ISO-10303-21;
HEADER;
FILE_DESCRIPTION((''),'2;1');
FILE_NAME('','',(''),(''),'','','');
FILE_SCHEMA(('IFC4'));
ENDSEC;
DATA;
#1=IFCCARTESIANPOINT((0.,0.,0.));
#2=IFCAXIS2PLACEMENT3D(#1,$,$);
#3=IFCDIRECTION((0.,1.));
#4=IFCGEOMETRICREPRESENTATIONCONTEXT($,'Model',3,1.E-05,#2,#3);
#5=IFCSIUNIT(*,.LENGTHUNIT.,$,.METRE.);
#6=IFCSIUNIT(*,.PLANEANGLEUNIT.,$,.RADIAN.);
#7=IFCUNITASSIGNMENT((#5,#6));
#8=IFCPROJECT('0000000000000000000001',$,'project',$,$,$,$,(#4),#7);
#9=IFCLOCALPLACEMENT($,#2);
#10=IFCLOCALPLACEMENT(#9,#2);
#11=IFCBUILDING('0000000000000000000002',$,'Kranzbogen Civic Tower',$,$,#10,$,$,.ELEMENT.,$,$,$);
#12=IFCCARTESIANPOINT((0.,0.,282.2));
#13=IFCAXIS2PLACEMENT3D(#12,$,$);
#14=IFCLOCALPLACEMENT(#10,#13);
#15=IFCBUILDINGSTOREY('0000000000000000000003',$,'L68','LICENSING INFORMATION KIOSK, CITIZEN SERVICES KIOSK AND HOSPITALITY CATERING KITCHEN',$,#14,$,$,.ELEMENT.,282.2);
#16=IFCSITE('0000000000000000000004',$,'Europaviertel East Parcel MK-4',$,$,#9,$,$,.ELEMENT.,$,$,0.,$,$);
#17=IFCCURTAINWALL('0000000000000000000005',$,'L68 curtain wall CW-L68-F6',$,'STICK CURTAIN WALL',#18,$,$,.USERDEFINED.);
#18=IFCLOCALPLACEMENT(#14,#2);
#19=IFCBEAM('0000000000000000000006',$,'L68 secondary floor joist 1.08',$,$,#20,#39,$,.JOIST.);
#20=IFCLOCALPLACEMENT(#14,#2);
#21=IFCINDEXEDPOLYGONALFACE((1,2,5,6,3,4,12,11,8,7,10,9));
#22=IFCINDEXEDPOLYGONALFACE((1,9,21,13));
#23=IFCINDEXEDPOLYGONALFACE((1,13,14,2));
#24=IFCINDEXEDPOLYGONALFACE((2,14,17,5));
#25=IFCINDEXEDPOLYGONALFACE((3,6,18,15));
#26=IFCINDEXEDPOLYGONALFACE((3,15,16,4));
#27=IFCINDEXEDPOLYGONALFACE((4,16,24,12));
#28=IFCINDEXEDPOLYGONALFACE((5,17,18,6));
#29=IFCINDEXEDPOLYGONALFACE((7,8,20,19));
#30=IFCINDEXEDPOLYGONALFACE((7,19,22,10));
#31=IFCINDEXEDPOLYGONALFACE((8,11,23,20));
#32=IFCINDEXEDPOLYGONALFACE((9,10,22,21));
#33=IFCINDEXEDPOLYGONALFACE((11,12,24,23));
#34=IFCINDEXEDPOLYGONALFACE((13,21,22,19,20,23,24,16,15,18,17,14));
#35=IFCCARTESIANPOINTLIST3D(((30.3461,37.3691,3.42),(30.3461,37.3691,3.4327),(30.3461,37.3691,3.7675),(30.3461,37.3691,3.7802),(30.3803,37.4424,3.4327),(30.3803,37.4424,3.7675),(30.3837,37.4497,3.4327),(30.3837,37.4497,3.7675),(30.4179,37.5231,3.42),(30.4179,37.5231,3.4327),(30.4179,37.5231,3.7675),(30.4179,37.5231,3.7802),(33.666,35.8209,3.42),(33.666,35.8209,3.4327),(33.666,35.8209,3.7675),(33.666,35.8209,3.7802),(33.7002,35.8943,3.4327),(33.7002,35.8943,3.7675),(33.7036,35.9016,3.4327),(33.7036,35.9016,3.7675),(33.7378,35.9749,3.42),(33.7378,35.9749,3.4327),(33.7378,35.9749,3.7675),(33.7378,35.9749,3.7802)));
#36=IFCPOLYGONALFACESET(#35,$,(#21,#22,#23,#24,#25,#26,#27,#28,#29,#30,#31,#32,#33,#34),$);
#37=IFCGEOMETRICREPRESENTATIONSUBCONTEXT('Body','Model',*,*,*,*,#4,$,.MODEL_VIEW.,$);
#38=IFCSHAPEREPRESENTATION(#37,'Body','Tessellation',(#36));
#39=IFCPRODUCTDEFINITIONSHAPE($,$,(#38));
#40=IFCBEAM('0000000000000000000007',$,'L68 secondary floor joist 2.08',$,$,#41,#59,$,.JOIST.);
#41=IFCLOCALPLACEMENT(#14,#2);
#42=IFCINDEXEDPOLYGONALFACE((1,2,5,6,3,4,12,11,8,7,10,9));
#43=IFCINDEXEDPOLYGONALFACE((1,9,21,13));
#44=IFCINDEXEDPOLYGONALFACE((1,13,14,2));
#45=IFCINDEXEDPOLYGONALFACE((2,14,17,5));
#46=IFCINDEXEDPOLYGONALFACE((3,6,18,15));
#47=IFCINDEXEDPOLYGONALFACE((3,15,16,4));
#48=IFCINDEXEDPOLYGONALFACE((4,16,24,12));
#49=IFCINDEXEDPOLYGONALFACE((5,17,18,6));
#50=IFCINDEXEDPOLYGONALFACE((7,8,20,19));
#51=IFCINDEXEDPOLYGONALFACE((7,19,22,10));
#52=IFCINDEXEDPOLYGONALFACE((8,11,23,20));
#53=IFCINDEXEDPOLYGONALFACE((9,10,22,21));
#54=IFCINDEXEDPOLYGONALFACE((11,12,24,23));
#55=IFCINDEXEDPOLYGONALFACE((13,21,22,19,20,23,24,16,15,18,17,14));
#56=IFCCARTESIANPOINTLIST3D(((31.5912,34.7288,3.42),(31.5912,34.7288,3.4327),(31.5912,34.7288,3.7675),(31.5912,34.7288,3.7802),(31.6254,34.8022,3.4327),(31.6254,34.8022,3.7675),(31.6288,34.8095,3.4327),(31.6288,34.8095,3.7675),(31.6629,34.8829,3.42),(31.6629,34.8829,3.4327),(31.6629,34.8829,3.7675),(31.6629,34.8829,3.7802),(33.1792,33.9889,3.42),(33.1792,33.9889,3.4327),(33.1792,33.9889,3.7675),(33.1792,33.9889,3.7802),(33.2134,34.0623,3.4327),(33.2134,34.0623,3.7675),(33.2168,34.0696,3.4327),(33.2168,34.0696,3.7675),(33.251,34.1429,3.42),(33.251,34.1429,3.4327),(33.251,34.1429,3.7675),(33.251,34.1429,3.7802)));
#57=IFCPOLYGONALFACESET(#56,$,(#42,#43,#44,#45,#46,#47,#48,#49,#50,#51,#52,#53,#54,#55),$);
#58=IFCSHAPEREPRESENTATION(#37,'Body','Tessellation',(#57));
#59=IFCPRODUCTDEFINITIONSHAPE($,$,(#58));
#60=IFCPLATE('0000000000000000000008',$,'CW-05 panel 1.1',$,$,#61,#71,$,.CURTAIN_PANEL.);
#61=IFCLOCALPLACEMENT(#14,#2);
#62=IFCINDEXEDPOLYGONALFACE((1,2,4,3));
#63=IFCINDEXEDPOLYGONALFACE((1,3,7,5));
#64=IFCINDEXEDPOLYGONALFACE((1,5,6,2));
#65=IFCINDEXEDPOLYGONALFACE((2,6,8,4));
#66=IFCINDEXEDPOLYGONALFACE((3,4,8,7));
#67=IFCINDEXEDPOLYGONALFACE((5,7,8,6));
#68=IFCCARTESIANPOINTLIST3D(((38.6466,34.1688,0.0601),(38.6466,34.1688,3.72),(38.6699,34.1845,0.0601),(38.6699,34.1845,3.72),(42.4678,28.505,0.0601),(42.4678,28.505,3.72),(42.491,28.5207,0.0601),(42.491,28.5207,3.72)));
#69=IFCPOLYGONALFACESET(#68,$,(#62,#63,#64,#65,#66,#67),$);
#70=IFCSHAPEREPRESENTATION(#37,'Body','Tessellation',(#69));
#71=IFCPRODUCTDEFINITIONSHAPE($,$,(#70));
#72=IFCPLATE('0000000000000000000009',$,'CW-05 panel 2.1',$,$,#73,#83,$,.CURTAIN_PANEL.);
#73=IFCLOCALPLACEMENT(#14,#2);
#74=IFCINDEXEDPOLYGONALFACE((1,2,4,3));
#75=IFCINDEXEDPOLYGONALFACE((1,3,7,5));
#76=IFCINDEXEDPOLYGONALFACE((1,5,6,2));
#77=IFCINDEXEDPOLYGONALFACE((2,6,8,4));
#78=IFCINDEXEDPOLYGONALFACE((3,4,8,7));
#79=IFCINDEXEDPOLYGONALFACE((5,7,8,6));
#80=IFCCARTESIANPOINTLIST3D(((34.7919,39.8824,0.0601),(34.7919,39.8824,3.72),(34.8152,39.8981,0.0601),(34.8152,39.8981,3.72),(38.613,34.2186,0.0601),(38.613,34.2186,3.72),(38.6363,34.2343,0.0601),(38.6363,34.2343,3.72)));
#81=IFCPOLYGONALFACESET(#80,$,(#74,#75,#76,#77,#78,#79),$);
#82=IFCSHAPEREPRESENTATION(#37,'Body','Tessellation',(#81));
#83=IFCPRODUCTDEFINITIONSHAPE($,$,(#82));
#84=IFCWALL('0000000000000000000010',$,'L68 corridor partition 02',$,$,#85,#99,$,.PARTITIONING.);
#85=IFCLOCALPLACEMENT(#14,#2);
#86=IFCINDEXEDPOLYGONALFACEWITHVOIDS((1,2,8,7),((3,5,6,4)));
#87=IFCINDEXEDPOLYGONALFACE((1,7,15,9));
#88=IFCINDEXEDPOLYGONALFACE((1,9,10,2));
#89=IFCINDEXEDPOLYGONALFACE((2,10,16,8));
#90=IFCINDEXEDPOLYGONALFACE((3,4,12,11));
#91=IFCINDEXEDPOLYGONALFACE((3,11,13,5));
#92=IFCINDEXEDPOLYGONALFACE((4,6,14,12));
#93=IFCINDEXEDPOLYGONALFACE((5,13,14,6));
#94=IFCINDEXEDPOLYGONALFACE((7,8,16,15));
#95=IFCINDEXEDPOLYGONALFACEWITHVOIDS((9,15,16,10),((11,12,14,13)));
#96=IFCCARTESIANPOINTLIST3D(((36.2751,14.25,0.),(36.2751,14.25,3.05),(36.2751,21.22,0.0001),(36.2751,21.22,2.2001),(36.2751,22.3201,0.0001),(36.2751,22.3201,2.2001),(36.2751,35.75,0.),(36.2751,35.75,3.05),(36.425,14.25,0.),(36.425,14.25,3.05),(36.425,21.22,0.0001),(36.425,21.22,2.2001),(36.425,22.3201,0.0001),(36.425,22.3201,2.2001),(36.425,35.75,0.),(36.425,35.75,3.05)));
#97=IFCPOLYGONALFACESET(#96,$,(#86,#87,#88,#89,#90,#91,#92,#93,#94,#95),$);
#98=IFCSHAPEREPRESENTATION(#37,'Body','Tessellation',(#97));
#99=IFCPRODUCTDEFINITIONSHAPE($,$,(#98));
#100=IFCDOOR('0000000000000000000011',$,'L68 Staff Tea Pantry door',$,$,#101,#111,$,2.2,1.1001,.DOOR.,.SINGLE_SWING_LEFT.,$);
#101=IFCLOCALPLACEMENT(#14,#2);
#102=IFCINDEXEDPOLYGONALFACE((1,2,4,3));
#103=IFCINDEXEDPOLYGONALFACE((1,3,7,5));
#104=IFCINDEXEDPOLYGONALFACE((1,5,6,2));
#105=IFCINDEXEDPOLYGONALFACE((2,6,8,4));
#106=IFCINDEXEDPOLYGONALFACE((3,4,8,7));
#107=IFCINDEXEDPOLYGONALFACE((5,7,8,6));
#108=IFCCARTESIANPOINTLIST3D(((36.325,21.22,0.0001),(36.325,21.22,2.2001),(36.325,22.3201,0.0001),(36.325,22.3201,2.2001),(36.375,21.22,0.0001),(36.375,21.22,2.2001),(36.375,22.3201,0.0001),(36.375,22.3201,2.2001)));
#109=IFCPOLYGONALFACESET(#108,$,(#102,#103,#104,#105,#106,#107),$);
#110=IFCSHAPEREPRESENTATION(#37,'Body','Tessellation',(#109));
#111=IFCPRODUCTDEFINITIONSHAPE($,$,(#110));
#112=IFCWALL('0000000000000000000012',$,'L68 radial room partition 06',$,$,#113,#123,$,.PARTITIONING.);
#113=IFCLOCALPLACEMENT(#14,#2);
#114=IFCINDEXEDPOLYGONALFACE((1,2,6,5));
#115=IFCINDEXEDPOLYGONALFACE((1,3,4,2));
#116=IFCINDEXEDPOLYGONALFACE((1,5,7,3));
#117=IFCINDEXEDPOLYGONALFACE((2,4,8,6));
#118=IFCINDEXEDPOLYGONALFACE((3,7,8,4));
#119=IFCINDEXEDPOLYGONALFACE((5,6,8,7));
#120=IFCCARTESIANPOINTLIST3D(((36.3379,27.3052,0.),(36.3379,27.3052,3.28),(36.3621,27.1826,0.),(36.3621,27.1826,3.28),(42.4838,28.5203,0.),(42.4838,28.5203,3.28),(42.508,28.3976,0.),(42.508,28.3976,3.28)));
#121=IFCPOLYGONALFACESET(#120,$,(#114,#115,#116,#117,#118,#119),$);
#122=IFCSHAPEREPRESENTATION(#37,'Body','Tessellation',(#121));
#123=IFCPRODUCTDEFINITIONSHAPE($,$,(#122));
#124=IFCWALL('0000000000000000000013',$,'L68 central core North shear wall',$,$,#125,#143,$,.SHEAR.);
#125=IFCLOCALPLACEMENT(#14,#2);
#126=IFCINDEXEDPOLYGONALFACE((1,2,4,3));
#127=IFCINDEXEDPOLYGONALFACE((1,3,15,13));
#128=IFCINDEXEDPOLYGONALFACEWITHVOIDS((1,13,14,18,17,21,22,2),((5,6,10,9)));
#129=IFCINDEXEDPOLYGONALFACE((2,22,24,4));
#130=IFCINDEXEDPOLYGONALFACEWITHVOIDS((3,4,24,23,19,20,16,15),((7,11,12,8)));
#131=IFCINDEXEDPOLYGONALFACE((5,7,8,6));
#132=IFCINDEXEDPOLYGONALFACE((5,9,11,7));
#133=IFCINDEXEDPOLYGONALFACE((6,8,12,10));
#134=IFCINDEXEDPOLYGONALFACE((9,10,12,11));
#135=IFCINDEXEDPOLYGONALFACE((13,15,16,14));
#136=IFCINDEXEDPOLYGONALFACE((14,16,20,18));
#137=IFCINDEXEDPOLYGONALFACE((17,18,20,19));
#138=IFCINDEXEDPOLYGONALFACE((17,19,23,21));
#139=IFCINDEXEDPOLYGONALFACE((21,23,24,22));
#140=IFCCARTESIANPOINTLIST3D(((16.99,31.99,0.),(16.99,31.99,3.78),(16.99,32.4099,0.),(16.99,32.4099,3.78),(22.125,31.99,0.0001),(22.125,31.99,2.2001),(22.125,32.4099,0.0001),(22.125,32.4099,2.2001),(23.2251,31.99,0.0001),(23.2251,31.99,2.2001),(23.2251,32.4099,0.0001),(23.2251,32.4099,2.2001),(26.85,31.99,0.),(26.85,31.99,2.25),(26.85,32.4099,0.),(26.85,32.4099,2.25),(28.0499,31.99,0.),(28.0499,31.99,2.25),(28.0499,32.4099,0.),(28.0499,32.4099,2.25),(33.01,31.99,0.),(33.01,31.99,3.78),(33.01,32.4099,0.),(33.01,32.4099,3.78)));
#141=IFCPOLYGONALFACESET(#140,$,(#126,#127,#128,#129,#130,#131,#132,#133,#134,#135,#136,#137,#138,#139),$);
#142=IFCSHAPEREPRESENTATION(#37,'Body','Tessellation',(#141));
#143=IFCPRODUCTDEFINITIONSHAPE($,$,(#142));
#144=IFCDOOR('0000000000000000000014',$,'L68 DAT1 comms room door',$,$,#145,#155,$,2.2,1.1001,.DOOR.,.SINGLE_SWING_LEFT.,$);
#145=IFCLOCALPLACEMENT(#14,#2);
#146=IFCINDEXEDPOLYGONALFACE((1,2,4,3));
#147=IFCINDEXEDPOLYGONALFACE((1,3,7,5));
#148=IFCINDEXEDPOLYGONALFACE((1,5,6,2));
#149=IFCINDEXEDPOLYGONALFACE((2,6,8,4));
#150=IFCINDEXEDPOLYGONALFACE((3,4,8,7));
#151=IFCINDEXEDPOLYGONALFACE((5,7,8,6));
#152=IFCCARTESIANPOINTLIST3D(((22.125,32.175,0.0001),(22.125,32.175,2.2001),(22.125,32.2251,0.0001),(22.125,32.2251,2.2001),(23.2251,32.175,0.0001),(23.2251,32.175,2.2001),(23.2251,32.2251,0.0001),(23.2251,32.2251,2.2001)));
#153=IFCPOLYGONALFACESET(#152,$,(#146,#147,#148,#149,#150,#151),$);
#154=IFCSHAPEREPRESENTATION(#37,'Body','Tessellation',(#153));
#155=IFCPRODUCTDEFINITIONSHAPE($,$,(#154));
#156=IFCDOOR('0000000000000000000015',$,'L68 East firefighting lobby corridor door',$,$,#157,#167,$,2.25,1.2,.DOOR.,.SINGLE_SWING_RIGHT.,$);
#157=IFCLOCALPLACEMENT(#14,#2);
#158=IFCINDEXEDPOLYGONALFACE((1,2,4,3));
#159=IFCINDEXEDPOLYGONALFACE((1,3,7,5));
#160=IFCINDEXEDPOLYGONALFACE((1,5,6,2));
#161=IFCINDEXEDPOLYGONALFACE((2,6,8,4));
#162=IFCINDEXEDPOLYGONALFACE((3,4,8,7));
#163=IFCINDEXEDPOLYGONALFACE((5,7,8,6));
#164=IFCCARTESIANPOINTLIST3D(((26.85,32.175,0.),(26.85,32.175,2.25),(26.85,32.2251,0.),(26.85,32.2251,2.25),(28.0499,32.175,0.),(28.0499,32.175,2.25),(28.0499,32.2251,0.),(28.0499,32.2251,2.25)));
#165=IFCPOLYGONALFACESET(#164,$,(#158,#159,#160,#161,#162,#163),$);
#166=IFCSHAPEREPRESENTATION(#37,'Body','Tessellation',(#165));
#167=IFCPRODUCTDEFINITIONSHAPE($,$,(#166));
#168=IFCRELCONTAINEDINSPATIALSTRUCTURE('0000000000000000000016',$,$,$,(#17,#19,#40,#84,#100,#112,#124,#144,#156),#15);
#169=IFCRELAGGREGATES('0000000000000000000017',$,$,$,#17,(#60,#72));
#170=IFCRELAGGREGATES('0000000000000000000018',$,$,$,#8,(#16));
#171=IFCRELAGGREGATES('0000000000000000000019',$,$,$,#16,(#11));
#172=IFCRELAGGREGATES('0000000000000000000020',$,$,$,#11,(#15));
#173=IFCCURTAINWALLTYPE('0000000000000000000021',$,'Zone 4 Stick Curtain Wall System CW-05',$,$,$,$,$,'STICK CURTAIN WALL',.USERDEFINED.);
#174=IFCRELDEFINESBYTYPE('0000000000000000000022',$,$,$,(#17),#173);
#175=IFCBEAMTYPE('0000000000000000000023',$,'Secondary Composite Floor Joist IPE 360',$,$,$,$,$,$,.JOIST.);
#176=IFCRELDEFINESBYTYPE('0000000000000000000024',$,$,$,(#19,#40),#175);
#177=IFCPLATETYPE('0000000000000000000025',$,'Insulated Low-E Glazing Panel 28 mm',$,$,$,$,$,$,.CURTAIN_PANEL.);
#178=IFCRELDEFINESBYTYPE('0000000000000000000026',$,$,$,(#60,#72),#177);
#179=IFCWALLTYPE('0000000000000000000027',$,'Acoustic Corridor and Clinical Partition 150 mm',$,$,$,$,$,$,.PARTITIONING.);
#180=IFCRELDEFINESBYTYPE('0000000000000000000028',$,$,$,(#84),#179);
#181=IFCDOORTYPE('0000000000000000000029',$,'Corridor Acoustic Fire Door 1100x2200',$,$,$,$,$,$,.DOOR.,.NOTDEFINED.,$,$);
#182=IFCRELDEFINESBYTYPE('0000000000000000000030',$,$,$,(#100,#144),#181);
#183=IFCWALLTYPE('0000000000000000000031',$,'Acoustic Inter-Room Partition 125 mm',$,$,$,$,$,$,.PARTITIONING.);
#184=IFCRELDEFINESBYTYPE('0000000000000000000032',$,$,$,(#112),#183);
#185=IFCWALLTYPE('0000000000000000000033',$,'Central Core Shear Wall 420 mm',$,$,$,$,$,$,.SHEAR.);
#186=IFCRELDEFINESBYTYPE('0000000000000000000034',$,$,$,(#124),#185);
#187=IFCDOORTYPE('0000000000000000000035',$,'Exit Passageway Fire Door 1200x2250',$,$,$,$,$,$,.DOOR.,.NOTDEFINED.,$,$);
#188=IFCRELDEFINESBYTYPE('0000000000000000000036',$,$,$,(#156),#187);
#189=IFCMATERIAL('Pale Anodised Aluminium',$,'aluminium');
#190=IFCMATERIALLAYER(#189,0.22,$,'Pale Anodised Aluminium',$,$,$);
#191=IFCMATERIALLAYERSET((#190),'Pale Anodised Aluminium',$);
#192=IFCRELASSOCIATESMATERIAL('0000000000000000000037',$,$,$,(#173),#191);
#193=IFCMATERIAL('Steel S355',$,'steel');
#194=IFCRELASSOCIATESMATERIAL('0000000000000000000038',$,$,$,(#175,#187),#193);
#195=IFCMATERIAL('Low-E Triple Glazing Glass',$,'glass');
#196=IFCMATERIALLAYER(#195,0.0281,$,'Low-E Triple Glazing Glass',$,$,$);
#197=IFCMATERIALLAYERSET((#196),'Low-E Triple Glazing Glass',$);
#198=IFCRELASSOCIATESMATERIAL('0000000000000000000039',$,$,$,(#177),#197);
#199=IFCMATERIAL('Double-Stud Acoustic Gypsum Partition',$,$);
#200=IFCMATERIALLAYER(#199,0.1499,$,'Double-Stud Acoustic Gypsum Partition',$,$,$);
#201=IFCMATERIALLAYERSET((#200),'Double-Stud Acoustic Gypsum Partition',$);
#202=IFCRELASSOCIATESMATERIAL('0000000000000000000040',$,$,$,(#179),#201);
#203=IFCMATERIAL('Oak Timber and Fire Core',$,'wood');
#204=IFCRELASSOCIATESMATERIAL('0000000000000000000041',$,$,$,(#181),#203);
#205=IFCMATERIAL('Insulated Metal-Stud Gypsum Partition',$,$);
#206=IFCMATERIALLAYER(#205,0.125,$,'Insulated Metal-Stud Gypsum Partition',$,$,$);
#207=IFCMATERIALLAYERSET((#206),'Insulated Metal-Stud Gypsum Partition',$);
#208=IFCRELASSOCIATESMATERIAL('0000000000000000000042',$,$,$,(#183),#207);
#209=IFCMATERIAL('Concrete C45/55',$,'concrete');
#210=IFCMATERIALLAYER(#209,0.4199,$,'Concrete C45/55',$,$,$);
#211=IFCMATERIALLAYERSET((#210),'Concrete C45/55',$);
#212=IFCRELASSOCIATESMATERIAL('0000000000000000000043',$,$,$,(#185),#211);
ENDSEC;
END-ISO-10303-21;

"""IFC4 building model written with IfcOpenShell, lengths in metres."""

from ifc_helpers import new_model, si_unit, direction, frame, frame_2d, origin, origin_2d, place, context, subcontext, project, spatial, rectangle, i_section, extrude, material, layer, layer_set, material_profile, profile_set, type_object, element, fill, aggregate, save


model = new_model("IFC4")

# Units and contexts
model_context = context("Model", 3, precision=1e-05, world=origin(), true_north=direction((0.0, 1.0)))
body_context = subcontext(model_context, "Body", "Model", "MODEL_VIEW")
ifc_project = project(units=[si_unit("LENGTHUNIT", "METRE"), si_unit("PLANEANGLEUNIT", "RADIAN")], contexts=[model_context])

# Site, building, storey
site_placement = place(None, origin())
site = spatial("IfcSite", under=ifc_project, at=site_placement, Name="Europaviertel East Parcel MK-4", CompositionType="ELEMENT", RefElevation=0.0)
building_placement = place(site_placement, origin())
building = spatial("IfcBuilding", under=site, at=building_placement, Name="Kranzbogen Civic Tower", CompositionType="ELEMENT")
storey_placement = place(building_placement, frame((0.0, 0.0, 282.2)))
storey = spatial("IfcBuildingStorey", under=building, at=storey_placement, Name="L68", Description="LICENSING INFORMATION KIOSK, CITIZEN SERVICES KIOSK AND HOSPITALITY CATERING KITCHEN", CompositionType="ELEMENT", Elevation=282.2)

# Shared definitions
ifc_material_1 = material(Name="Steel S355", Category="steel")

# Shared definitions
ifc_material_2 = material(Name="Pale Anodised Aluminium", Category="aluminium")
ifc_layer_1 = layer(ifc_material_2, 0.22, Name="Pale Anodised Aluminium")
ifc_layer_set_1 = layer_set([ifc_layer_1], Name="Pale Anodised Aluminium")
curtain_wall_type = type_object("IfcCurtainWallType", Name="Zone 4 Stick Curtain Wall System CW-05", ElementType="STICK CURTAIN WALL", PredefinedType="USERDEFINED", material=ifc_layer_set_1)

# Curtain wall
curtain_wall_1_placement = place(storey_placement, origin())
curtain_wall_1 = element("IfcCurtainWall", 1, at=curtain_wall_1_placement, inside=storey, type_object=curtain_wall_type, Name="L68 curtain wall CW-L68-F6", ObjectType="STICK CURTAIN WALL", PredefinedType="USERDEFINED")

# Beams
ifc_material_profile_1 = material_profile(ifc_material_1, i_section(OverallWidth=0.1699, OverallDepth=0.3601, WebThickness=0.0081, FlangeThickness=0.0127, at=origin_2d()), Name="IPE 360")
ifc_profile_set_1 = profile_set([ifc_material_profile_1], Name="Steel S355")
beam_type_1 = type_object("IfcBeamType", Name="Secondary Composite Floor Joist IPE 360", PredefinedType="JOIST", material=ifc_profile_set_1)
beam_1_placement = place(storey_placement, frame((33.7019, 35.8979, 3.6001), z_axis=(-0.906304, 0.422626, 0.0), x_axis=(-0.422626, -0.906304, 0.0)))
element("IfcBeam", 2, at=beam_1_placement, inside=storey, type_object=beam_type_1, Name="L68 secondary floor joist 1.08", PredefinedType="JOIST", context=body_context, shape_type="SweptSolid", body=[
    extrude(i_section(OverallWidth=0.1699, OverallDepth=0.3601, WebThickness=0.0081, FlangeThickness=0.0127, at=origin_2d()), origin(), (0.0, 0.0, 1.0), 3.6631),
])
beam_2_placement = place(storey_placement, frame((33.2151, 34.0659, 3.6001), z_axis=(-0.906432, 0.422351, 0.0), x_axis=(-0.422351, -0.906432, 0.0)))
element("IfcBeam", 3, at=beam_2_placement, inside=storey, type_object=beam_type_1, Name="L68 secondary floor joist 2.08", PredefinedType="JOIST", context=body_context, shape_type="SweptSolid", body=[
    extrude(i_section(OverallWidth=0.1699, OverallDepth=0.3601, WebThickness=0.0081, FlangeThickness=0.0127, at=origin_2d()), origin(), (0.0, 0.0, 1.0), 1.752),
])

# Plates
ifc_material_3 = material(Name="Low-E Triple Glazing Glass", Category="glass")
ifc_layer_2 = layer(ifc_material_3, 0.0281, Name="Low-E Triple Glazing Glass")
ifc_layer_set_2 = layer_set([ifc_layer_2], Name="Low-E Triple Glazing Glass")
plate_type = type_object("IfcPlateType", Name="Insulated Low-E Glazing Panel 28 mm", PredefinedType="CURTAIN_PANEL", material=ifc_layer_set_2)
plate_1_placement = place(storey_placement, frame((40.5688, 31.3447, 0.0601), z_axis=(0.0, 0.0, 1.0), x_axis=(-0.559276, 0.828982, 0.0)))
plate_1 = element("IfcPlate", 4, at=plate_1_placement, type_object=plate_type, Name="CW-05 panel 1.1", PredefinedType="CURTAIN_PANEL", context=body_context, shape_type="SweptSolid", body=[
    extrude(rectangle(XDim=6.8323, YDim=0.0281, at=origin_2d()), origin(), (0.0, 0.0, 1.0), 3.6599),
])
plate_2_placement = place(storey_placement, frame((36.7141, 37.0583, 0.0601), z_axis=(0.0, 0.0, 1.0), x_axis=(-0.559276, 0.828982, 0.0)))
plate_2 = element("IfcPlate", 5, at=plate_2_placement, type_object=plate_type, Name="CW-05 panel 2.1", PredefinedType="CURTAIN_PANEL", context=body_context, shape_type="SweptSolid", body=[
    extrude(rectangle(XDim=6.8323, YDim=0.0281, at=origin_2d()), origin(), (0.0, 0.0, 1.0), 3.6599),
])
aggregate(curtain_wall_1, [plate_1, plate_2])

# Wall, opening, door
ifc_material_4 = material(Name="Double-Stud Acoustic Gypsum Partition")
ifc_layer_3 = layer(ifc_material_4, 0.1499, Name="Double-Stud Acoustic Gypsum Partition")
ifc_layer_set_3 = layer_set([ifc_layer_3], Name="Double-Stud Acoustic Gypsum Partition")
wall_type_1 = type_object("IfcWallType", Name="Acoustic Corridor and Clinical Partition 150 mm", PredefinedType="PARTITIONING", material=ifc_layer_set_3)
wall_1_placement = place(storey_placement, frame((36.3501, 35.75, 0.0), z_axis=(0.0, 0.0, 1.0), x_axis=(0.0, -1.0, 0.0)))
wall_1 = element("IfcWall", 6, at=wall_1_placement, inside=storey, type_object=wall_type_1, Name="L68 corridor partition 02", PredefinedType="PARTITIONING", context=body_context, shape_type="SweptSolid", body=[
    extrude(rectangle(XDim=21.5, YDim=0.1499, at=frame_2d((10.75, 0.0))), origin(), (0.0, 0.0, 1.0), 3.05),
])
opening_1_placement = place(wall_1_placement, frame((13.4299, 0.0, 0.0)))
opening_1 = element("IfcOpeningElement", 7, at=opening_1_placement, cuts=wall_1, PredefinedType="OPENING", context=body_context, shape_type="SweptSolid", body=[
    extrude(rectangle(XDim=1.1001, YDim=2.2, at=frame_2d((0.55, 1.1001))), frame((0.0, 0.085, 0.0), z_axis=(0.0, -1.0, 0.0), x_axis=(1.0, 0.0, 0.0)), (0.0, 0.0, 1.0), 0.1699),
])
ifc_material_5 = material(Name="Oak Timber and Fire Core", Category="wood")
door_type_1 = type_object("IfcDoorType", Name="Corridor Acoustic Fire Door 1100x2200", OperationType="NOTDEFINED", PredefinedType="DOOR", material=ifc_material_5)
door_1_placement = place(opening_1_placement, origin())
door_1 = element("IfcDoor", 8, at=door_1_placement, inside=storey, type_object=door_type_1, Name="L68 Staff Tea Pantry door", OperationType="SINGLE_SWING_LEFT", OverallHeight=2.2, OverallWidth=1.1001, PredefinedType="DOOR", context=body_context, shape_type="SweptSolid", body=[
    extrude(rectangle(XDim=1.1001, YDim=2.2, at=frame_2d((0.55, 1.1001))), frame((0.0, 0.0249, 0.0), z_axis=(0.0, -1.0, 0.0), x_axis=(1.0, 0.0, 0.0)), (0.0, 0.0, 1.0), 0.05),
])
fill(opening_1, door_1)

# Wall
ifc_material_6 = material(Name="Insulated Metal-Stud Gypsum Partition")
ifc_layer_4 = layer(ifc_material_6, 0.125, Name="Insulated Metal-Stud Gypsum Partition")
ifc_layer_set_4 = layer_set([ifc_layer_4], Name="Insulated Metal-Stud Gypsum Partition")
wall_type_2 = type_object("IfcWallType", Name="Acoustic Inter-Room Partition 125 mm", PredefinedType="PARTITIONING", material=ifc_layer_set_4)
wall_2_placement = place(storey_placement, frame((36.3501, 27.2439, 0.0), z_axis=(0.0, 0.0, 1.0), x_axis=(0.981011, 0.19395, 0.0)))
element("IfcWall", 9, at=wall_2_placement, inside=storey, type_object=wall_type_2, Name="L68 radial room partition 06", PredefinedType="PARTITIONING", context=body_context, shape_type="SweptSolid", body=[
    extrude(rectangle(XDim=6.2649, YDim=0.125, at=frame_2d((3.1323, 0.0))), origin(), (0.0, 0.0, 1.0), 3.28),
])

# Wall, openings, doors
ifc_material_7 = material(Name="Concrete C45/55", Category="concrete")
ifc_layer_5 = layer(ifc_material_7, 0.4199, Name="Concrete C45/55")
ifc_layer_set_5 = layer_set([ifc_layer_5], Name="Concrete C45/55")
wall_type_3 = type_object("IfcWallType", Name="Central Core Shear Wall 420 mm", PredefinedType="SHEAR", material=ifc_layer_set_5)
wall_3_placement = place(storey_placement, frame((33.01, 32.2, 0.0), z_axis=(0.0, 0.0, 1.0), x_axis=(-1.0, 0.0, 0.0)))
wall_3 = element("IfcWall", 10, at=wall_3_placement, inside=storey, type_object=wall_type_3, Name="L68 central core North shear wall", PredefinedType="SHEAR", context=body_context, shape_type="SweptSolid", body=[
    extrude(rectangle(XDim=16.02, YDim=0.4199, at=frame_2d((8.01, 0.0))), origin(), (0.0, 0.0, 1.0), 3.78),
])
opening_2_placement = place(wall_3_placement, frame((4.96, 0.0, 0.0)))
opening_2 = element("IfcOpeningElement", 11, at=opening_2_placement, cuts=wall_3, PredefinedType="OPENING", context=body_context, shape_type="SweptSolid", body=[
    extrude(rectangle(XDim=1.2, YDim=2.25, at=frame_2d((0.6001, 1.125))), frame((0.0, 0.22, 0.0), z_axis=(0.0, -1.0, 0.0), x_axis=(1.0, 0.0, 0.0)), (0.0, 0.0, 1.0), 0.4399),
])
opening_3_placement = place(wall_3_placement, frame((9.7849, 0.0, 0.0)))
opening_3 = element("IfcOpeningElement", 12, at=opening_3_placement, cuts=wall_3, PredefinedType="OPENING", context=body_context, shape_type="SweptSolid", body=[
    extrude(rectangle(XDim=1.1001, YDim=2.2, at=frame_2d((0.55, 1.1001))), frame((0.0, 0.22, 0.0), z_axis=(0.0, -1.0, 0.0), x_axis=(1.0, 0.0, 0.0)), (0.0, 0.0, 1.0), 0.4399),
])
door_2_placement = place(opening_3_placement, origin())
door_2 = element("IfcDoor", 13, at=door_2_placement, inside=storey, type_object=door_type_1, Name="L68 DAT1 comms room door", OperationType="SINGLE_SWING_LEFT", OverallHeight=2.2, OverallWidth=1.1001, PredefinedType="DOOR", context=body_context, shape_type="SweptSolid", body=[
    extrude(rectangle(XDim=1.1001, YDim=2.2, at=frame_2d((0.55, 1.1001))), frame((0.0, 0.0249, 0.0), z_axis=(0.0, -1.0, 0.0), x_axis=(1.0, 0.0, 0.0)), (0.0, 0.0, 1.0), 0.05),
])
fill(opening_3, door_2)
door_type_2 = type_object("IfcDoorType", Name="Exit Passageway Fire Door 1200x2250", OperationType="NOTDEFINED", PredefinedType="DOOR", material=ifc_material_1)
door_3_placement = place(opening_2_placement, origin())
door_3 = element("IfcDoor", 14, at=door_3_placement, inside=storey, type_object=door_type_2, Name="L68 East firefighting lobby corridor door", OperationType="SINGLE_SWING_RIGHT", OverallHeight=2.25, OverallWidth=1.2, PredefinedType="DOOR", context=body_context, shape_type="SweptSolid", body=[
    extrude(rectangle(XDim=1.2, YDim=2.25, at=frame_2d((0.6001, 1.125))), frame((0.0, 0.0249, 0.0), z_axis=(0.0, -1.0, 0.0), x_axis=(1.0, 0.0, 0.0)), (0.0, 0.0, 1.0), 0.05),
])
fill(opening_2, door_3)

save(model, "model.ifc")
